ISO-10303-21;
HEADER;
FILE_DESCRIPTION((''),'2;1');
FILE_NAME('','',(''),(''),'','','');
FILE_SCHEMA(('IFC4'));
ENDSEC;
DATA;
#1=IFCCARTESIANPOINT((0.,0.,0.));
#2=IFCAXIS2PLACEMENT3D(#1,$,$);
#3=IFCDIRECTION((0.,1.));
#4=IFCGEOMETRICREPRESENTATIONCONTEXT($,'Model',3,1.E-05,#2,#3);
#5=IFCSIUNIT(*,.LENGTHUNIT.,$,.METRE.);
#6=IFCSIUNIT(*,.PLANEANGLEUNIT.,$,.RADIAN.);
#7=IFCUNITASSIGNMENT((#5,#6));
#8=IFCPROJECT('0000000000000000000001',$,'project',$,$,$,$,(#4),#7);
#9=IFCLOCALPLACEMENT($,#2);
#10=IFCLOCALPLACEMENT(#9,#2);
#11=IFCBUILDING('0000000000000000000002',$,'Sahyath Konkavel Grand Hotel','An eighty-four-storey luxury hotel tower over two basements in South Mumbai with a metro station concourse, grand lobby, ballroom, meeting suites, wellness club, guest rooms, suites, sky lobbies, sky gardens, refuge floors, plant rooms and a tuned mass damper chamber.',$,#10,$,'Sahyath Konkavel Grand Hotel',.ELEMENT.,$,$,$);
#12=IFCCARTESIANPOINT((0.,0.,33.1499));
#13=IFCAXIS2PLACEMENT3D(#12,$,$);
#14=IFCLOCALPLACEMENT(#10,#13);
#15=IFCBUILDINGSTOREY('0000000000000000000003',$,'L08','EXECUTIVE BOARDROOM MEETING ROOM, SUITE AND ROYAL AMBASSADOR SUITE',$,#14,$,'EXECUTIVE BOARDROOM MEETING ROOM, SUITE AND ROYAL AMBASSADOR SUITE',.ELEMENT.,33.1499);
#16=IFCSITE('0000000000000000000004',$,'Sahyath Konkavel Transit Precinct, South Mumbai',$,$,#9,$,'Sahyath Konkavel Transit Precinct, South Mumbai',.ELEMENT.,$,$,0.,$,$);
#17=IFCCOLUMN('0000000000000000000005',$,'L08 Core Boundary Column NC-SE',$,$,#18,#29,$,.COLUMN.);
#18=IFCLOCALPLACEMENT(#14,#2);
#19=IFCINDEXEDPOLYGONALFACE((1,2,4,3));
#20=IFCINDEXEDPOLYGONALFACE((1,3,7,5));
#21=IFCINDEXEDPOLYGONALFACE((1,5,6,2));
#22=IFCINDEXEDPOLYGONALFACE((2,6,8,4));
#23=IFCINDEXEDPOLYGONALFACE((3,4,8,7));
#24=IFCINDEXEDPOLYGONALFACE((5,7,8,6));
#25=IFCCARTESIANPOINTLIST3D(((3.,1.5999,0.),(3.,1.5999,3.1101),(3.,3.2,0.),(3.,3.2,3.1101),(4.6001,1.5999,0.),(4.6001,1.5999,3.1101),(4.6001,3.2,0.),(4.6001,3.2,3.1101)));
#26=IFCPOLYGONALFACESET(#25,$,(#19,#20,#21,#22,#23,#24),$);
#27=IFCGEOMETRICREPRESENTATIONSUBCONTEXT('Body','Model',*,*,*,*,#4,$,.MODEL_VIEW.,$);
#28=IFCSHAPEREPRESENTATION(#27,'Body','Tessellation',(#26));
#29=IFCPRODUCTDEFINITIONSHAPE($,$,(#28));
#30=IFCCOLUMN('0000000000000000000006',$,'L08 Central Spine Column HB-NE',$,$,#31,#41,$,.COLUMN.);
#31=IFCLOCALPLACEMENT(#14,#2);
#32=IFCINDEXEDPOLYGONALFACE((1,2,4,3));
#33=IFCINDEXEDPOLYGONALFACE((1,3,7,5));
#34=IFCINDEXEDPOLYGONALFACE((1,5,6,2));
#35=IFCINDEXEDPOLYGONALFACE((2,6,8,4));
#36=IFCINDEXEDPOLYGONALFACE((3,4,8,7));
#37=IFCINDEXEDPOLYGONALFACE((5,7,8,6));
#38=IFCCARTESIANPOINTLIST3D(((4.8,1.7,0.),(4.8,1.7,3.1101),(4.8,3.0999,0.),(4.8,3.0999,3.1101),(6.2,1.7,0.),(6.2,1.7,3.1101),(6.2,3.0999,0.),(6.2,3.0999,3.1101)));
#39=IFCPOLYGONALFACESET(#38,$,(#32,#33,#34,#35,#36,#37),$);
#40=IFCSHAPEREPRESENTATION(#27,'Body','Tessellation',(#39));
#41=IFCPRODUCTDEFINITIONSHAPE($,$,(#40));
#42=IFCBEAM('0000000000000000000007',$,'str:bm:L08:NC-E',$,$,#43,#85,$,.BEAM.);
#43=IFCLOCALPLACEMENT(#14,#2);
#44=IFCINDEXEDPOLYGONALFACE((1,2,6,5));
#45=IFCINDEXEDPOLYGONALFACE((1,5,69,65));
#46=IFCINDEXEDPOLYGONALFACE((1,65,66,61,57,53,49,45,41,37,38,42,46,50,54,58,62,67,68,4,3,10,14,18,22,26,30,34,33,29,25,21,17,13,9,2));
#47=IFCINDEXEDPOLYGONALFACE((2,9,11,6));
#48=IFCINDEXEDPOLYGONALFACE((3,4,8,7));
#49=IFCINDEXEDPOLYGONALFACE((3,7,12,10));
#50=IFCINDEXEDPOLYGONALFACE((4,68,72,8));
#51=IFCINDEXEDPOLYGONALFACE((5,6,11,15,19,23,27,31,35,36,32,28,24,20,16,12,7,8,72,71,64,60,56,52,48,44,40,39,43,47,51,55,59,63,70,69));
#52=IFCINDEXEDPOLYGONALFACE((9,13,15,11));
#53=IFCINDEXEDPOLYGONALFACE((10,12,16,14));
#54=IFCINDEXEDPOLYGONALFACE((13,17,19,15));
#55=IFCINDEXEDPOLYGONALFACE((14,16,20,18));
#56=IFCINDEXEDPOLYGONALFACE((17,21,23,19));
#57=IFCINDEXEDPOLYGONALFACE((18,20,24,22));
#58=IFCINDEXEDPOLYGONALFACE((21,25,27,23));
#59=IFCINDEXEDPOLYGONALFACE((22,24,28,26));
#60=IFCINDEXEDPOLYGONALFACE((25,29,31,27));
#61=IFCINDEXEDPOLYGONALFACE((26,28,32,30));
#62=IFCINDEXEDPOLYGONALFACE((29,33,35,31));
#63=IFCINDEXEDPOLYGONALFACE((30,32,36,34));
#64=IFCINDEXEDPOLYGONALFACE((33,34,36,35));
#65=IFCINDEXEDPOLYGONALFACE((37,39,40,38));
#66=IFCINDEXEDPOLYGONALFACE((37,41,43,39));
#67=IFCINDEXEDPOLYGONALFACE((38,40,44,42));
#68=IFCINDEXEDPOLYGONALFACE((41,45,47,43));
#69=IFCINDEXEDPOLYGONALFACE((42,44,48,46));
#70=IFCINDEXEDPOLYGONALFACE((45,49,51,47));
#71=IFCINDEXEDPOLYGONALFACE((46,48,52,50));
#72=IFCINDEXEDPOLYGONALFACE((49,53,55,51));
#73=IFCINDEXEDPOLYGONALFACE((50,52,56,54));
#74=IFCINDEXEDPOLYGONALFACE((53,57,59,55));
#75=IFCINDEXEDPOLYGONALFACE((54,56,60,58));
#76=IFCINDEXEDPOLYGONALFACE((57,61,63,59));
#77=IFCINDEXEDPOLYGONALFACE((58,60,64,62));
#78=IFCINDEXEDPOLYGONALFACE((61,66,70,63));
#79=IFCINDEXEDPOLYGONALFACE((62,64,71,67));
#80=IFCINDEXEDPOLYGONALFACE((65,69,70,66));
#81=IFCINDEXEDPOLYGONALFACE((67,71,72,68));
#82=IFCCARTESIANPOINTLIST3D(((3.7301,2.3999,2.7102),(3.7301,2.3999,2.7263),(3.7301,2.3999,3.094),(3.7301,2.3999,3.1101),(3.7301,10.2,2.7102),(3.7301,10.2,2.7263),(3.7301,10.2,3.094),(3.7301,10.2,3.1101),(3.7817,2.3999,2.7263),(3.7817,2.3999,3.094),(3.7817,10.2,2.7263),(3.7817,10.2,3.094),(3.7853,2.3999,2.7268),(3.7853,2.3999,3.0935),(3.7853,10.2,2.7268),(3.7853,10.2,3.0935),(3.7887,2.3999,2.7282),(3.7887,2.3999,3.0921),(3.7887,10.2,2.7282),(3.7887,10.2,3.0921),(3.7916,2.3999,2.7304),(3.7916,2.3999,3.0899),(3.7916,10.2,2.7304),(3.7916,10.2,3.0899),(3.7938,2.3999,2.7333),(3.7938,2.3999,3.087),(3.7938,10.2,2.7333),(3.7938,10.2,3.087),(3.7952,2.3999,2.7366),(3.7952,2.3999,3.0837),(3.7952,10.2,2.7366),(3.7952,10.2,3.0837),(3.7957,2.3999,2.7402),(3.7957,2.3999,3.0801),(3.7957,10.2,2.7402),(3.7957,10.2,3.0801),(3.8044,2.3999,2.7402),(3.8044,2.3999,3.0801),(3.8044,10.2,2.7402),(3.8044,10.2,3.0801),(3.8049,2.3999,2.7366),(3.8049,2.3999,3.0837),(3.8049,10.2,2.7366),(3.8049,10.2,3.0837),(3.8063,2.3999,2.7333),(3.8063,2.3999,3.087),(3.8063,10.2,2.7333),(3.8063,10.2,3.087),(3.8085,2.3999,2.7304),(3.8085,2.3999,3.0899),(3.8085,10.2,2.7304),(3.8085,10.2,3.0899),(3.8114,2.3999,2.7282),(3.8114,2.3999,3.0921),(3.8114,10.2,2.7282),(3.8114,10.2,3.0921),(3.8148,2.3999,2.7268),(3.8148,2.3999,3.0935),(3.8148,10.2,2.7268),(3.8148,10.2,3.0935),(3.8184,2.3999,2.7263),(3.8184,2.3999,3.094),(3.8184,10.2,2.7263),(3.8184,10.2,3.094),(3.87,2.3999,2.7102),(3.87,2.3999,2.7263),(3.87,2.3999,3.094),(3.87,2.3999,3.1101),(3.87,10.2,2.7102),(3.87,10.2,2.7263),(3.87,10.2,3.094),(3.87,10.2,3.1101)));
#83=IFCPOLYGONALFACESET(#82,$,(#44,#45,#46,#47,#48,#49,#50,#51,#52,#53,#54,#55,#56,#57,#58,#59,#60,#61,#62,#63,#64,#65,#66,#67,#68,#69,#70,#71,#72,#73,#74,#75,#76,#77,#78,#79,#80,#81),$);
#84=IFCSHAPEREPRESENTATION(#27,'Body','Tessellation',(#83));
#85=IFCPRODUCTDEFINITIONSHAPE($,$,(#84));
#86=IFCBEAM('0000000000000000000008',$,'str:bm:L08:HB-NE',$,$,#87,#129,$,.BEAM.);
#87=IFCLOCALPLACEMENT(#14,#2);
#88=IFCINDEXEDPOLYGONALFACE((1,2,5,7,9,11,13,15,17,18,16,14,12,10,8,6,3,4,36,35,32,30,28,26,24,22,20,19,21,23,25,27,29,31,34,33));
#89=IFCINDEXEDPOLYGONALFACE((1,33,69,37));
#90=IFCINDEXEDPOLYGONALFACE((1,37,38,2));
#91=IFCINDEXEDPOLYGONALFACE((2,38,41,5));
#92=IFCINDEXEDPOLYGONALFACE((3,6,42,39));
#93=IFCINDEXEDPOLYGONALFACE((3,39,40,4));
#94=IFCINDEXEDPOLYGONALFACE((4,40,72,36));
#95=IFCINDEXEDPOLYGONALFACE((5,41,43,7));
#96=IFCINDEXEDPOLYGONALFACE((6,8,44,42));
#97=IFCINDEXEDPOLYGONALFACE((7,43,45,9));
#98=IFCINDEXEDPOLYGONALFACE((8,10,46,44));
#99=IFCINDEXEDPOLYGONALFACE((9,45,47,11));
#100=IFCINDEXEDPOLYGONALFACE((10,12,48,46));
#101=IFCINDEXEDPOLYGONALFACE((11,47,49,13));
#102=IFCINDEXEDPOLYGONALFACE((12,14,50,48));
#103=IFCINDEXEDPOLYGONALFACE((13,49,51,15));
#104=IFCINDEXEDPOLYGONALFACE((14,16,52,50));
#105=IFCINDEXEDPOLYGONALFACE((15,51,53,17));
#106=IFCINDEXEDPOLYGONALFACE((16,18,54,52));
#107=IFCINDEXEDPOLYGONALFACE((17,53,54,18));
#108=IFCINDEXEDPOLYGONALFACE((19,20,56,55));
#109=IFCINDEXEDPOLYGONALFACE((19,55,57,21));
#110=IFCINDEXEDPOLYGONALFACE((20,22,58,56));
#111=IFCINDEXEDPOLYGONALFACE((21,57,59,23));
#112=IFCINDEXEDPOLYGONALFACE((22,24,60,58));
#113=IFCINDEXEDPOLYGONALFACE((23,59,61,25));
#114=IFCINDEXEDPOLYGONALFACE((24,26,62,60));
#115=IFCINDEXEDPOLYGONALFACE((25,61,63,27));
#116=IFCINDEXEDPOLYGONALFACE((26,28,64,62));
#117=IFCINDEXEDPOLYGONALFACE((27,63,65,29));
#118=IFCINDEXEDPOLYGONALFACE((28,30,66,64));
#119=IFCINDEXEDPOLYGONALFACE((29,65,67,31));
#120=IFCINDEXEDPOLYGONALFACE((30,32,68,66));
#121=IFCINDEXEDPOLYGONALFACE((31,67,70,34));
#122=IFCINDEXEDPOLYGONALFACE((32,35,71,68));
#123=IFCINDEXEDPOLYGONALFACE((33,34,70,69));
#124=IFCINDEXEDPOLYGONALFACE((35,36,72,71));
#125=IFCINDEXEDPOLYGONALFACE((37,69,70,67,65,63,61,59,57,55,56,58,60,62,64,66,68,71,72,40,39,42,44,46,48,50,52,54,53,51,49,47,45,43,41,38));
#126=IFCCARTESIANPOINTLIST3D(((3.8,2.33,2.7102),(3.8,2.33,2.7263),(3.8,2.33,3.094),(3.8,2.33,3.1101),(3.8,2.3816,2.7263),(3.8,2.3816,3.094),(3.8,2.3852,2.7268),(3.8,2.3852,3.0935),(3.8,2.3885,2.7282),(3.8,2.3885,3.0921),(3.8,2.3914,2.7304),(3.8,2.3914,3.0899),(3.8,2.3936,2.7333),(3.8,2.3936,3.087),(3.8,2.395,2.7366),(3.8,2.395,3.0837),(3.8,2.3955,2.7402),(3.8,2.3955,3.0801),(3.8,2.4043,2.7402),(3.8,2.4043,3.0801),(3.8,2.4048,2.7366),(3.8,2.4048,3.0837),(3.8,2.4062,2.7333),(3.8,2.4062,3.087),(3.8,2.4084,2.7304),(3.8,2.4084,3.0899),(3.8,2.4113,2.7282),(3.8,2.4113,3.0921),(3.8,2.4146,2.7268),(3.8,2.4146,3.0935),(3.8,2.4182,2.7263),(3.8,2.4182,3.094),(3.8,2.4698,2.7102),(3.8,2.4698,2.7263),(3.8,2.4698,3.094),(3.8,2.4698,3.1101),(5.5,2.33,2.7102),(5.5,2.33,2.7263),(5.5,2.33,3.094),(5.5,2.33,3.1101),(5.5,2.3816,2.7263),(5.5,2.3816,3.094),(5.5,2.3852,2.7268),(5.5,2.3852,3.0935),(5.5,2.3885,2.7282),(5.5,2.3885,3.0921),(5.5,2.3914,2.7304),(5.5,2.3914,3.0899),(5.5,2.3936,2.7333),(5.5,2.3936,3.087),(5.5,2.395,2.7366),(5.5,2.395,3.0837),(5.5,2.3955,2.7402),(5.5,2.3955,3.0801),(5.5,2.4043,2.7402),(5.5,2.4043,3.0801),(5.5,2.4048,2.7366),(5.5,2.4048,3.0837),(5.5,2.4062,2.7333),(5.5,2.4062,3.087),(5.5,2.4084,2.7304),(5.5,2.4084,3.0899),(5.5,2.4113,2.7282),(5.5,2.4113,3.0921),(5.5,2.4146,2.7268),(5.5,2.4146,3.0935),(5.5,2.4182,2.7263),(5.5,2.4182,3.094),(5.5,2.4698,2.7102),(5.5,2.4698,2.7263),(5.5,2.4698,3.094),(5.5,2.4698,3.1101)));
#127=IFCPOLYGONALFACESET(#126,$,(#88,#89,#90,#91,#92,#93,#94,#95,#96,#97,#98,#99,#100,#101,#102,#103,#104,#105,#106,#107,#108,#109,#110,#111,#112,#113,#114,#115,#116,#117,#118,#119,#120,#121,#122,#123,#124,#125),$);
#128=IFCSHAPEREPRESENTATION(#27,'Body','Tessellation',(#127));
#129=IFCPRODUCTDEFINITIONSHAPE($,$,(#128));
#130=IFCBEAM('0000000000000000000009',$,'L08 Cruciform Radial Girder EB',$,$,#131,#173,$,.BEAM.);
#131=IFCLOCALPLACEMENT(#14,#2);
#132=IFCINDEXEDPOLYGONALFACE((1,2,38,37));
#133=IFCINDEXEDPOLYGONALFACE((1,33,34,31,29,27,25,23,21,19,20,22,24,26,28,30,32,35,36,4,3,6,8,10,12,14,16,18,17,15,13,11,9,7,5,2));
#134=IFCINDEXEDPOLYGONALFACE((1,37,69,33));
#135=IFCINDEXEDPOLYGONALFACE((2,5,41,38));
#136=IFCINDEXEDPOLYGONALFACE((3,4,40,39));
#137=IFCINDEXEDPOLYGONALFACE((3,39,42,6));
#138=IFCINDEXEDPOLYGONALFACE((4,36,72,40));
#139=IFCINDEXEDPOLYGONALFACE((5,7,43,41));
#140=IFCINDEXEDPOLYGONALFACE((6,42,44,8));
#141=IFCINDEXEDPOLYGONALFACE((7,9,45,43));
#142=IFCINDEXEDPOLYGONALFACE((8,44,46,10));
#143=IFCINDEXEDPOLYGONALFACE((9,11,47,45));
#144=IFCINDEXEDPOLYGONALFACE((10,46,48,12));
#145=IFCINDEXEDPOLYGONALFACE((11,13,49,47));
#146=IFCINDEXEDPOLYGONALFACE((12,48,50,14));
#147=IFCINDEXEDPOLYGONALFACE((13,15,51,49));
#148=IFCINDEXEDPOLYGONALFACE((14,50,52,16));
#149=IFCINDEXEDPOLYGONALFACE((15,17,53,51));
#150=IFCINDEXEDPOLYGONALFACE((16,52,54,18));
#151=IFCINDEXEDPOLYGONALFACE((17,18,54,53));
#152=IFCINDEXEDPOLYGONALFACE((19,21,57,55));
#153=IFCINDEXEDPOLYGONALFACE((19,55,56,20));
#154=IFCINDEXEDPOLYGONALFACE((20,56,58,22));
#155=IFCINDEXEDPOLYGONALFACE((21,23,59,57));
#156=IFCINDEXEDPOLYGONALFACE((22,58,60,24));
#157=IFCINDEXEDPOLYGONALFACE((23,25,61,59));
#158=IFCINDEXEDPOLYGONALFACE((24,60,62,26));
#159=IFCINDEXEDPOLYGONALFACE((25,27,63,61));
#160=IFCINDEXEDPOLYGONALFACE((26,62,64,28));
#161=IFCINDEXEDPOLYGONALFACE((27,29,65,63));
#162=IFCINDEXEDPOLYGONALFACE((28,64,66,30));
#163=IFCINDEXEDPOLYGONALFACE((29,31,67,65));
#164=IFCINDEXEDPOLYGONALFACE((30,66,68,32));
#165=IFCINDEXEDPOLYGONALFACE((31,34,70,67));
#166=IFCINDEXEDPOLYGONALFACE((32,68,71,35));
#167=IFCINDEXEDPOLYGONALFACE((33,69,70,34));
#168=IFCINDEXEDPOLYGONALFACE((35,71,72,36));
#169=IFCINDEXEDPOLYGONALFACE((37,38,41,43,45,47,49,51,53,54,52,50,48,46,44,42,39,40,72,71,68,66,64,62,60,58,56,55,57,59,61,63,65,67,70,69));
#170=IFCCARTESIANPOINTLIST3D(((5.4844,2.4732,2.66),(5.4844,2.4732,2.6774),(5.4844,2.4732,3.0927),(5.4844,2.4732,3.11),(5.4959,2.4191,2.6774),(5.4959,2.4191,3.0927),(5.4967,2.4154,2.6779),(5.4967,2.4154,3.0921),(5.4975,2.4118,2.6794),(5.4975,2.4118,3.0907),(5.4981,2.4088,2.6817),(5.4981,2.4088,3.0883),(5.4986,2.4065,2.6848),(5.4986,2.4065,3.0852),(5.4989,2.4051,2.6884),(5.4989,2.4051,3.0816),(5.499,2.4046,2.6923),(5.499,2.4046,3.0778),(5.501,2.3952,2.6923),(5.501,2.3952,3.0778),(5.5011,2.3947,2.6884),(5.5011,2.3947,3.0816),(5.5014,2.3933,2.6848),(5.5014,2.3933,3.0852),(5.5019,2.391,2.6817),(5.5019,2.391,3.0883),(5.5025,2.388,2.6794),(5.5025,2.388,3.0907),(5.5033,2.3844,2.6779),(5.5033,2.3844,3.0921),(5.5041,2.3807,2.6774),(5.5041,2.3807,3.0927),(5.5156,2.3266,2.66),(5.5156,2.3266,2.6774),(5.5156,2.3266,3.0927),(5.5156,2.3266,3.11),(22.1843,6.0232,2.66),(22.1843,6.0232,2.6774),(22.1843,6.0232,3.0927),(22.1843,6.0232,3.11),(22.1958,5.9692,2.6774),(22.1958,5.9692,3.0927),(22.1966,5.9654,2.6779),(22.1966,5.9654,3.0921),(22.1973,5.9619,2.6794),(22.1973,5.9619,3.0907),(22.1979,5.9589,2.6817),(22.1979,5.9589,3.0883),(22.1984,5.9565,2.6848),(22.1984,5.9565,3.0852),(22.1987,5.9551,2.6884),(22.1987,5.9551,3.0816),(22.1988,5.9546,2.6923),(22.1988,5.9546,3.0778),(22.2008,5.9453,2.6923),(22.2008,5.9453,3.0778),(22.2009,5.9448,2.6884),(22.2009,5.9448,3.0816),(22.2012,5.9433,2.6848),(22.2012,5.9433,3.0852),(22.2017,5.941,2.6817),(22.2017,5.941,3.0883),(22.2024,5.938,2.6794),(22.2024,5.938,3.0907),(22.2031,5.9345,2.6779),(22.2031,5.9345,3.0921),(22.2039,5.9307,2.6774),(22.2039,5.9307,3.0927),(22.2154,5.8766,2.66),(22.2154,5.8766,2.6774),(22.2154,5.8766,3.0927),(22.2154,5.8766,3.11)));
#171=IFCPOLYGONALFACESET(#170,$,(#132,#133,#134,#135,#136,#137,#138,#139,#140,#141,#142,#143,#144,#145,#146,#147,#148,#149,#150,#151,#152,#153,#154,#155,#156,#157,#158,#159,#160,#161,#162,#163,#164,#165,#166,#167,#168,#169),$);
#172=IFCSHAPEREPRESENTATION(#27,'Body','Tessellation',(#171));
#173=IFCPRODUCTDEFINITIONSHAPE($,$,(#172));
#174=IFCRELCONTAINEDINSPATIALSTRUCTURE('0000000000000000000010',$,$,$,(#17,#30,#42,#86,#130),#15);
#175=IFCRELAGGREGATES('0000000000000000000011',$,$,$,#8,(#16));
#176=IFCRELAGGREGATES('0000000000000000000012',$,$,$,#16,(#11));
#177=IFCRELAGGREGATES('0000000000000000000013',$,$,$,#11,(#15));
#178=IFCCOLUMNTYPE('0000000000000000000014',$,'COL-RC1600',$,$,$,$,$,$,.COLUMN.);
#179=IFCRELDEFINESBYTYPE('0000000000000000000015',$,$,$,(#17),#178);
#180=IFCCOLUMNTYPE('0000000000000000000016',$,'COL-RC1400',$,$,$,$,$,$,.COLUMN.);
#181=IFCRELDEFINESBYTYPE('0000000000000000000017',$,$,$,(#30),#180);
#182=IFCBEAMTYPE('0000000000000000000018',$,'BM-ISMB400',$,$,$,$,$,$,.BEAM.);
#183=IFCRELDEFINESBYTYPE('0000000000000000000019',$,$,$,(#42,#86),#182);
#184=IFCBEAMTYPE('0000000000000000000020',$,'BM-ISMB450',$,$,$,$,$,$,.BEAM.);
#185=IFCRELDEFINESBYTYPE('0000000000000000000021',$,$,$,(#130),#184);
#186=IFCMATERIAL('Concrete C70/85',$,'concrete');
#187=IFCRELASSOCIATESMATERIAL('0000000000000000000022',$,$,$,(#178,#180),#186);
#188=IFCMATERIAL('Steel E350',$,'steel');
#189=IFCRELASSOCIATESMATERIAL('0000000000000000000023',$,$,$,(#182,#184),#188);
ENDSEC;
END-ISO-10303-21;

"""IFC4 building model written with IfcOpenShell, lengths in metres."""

from ifc_helpers import new_model, si_unit, direction, frame, origin, origin_2d, place, context, subcontext, project, spatial, rectangle, i_section, extrude, source, transform, mapped, material, material_profile, profile_set, type_object, element, save


model = new_model("IFC4")

# Units and contexts
model_context = context("Model", 3, precision=1e-05, world=origin(), true_north=direction((0.0, 1.0)))
body_context = subcontext(model_context, "Body", "Model", "MODEL_VIEW")
ifc_project = project(units=[si_unit("LENGTHUNIT", "METRE"), si_unit("PLANEANGLEUNIT", "RADIAN")], contexts=[model_context])

# Site, building, storey
site_placement = place(None, origin())
site = spatial("IfcSite", under=ifc_project, at=site_placement, Name="Sahyath Konkavel Transit Precinct, South Mumbai", LongName="Sahyath Konkavel Transit Precinct, South Mumbai", CompositionType="ELEMENT", RefElevation=0.0)
building_placement = place(site_placement, origin())
building = spatial("IfcBuilding", under=site, at=building_placement, Name="Sahyath Konkavel Grand Hotel", Description="An eighty-four-storey luxury hotel tower over two basements in South Mumbai with a metro station concourse, grand lobby, ballroom, meeting suites, wellness club, guest rooms, suites, sky lobbies, sky gardens, refuge floors, plant rooms and a tuned mass damper chamber.", LongName="Sahyath Konkavel Grand Hotel", CompositionType="ELEMENT")
storey_placement = place(building_placement, frame((0.0, 0.0, 33.1499)))
storey = spatial("IfcBuildingStorey", under=building, at=storey_placement, Name="L08", Description="EXECUTIVE BOARDROOM MEETING ROOM, SUITE AND ROYAL AMBASSADOR SUITE", LongName="EXECUTIVE BOARDROOM MEETING ROOM, SUITE AND ROYAL AMBASSADOR SUITE", CompositionType="ELEMENT", Elevation=33.1499)

# Columns
ifc_material_1 = material(Name="Concrete C70/85", Category="concrete")
ifc_material_profile_1 = material_profile(ifc_material_1, rectangle(XDim=1.6001, YDim=1.6001, at=origin_2d()), Name="RC 1600x1600")
ifc_profile_set_1 = profile_set([ifc_material_profile_1], Name="Concrete C70/85")
column_type_1 = type_object("IfcColumnType", Name="COL-RC1600", PredefinedType="COLUMN", material=ifc_profile_set_1)
shared_shape_1 = source(origin(), body_context, "Body", "SweptSolid", [
    extrude(rectangle(XDim=1.6001, YDim=1.6001, at=origin_2d()), origin(), (0.0, 0.0, 1.0), 3.1101),
])
column_1_placement = place(storey_placement, frame((3.8, 2.3999, 0.0), z_axis=(0.0, 0.0, 1.0), x_axis=(1.0, 0.0, 0.0)))
element("IfcColumn", 1, at=column_1_placement, inside=storey, type_object=column_type_1, Name="L08 Core Boundary Column NC-SE", PredefinedType="COLUMN", context=body_context, shape_type="MappedRepresentation", body=[
    mapped(shared_shape_1, transform((0.0, 0.0, 0.0), scale=1.0)),
])
ifc_material_profile_2 = material_profile(ifc_material_1, rectangle(XDim=1.3999, YDim=1.3999, at=origin_2d()), Name="RC 1400x1400")
ifc_profile_set_2 = profile_set([ifc_material_profile_2], Name="Concrete C70/85")
column_type_2 = type_object("IfcColumnType", Name="COL-RC1400", PredefinedType="COLUMN", material=ifc_profile_set_2)
shared_shape_2 = source(origin(), body_context, "Body", "SweptSolid", [
    extrude(rectangle(XDim=1.3999, YDim=1.3999, at=origin_2d()), origin(), (0.0, 0.0, 1.0), 3.1101),
])
column_2_placement = place(storey_placement, frame((5.5, 2.3999, 0.0), z_axis=(0.0, 0.0, 1.0), x_axis=(1.0, 0.0, 0.0)))
element("IfcColumn", 2, at=column_2_placement, inside=storey, type_object=column_type_2, Name="L08 Central Spine Column HB-NE", PredefinedType="COLUMN", context=body_context, shape_type="MappedRepresentation", body=[
    mapped(shared_shape_2, transform((0.0, 0.0, 0.0), scale=1.0)),
])

# Beams
ifc_material_2 = material(Name="Steel E350", Category="steel")
ifc_material_profile_3 = material_profile(ifc_material_2, i_section(OverallWidth=0.1399, OverallDepth=0.3999, WebThickness=0.0088, FlangeThickness=0.0161, FilletRadius=0.0139, at=origin_2d()), Name="ISMB 400")
ifc_profile_set_3 = profile_set([ifc_material_profile_3], Name="Steel E350")
beam_type_1 = type_object("IfcBeamType", Name="BM-ISMB400", PredefinedType="BEAM", material=ifc_profile_set_3)
shared_shape_3 = source(origin(), body_context, "Body", "SweptSolid", [
    extrude(i_section(OverallWidth=0.1399, OverallDepth=0.3999, WebThickness=0.0088, FlangeThickness=0.0161, FilletRadius=0.0139, at=origin_2d()), origin(), (0.0, 0.0, 1.0), 7.8),
])
beam_1_placement = place(storey_placement, frame((3.8, 2.3999, 2.9102), z_axis=(0.0, 1.0, 0.0), x_axis=(-1.0, 0.0, 0.0)))
element("IfcBeam", 3, at=beam_1_placement, inside=storey, type_object=beam_type_1, Name="str:bm:L08:NC-E", PredefinedType="BEAM", context=body_context, shape_type="MappedRepresentation", body=[
    mapped(shared_shape_3, transform((0.0, 0.0, 0.0), scale=1.0)),
])
shared_shape_4 = source(origin(), body_context, "Body", "SweptSolid", [
    extrude(i_section(OverallWidth=0.1399, OverallDepth=0.3999, WebThickness=0.0088, FlangeThickness=0.0161, FilletRadius=0.0139, at=origin_2d()), origin(), (0.0, 0.0, 1.0), 1.7),
])
beam_2_placement = place(storey_placement, frame((3.8, 2.3999, 2.9102), z_axis=(1.0, 0.0, 0.0), x_axis=(0.0, 1.0, 0.0)))
element("IfcBeam", 4, at=beam_2_placement, inside=storey, type_object=beam_type_1, Name="str:bm:L08:HB-NE", PredefinedType="BEAM", context=body_context, shape_type="MappedRepresentation", body=[
    mapped(shared_shape_4, transform((0.0, 0.0, 0.0), scale=1.0)),
])
ifc_material_profile_4 = material_profile(ifc_material_2, i_section(OverallWidth=0.1499, OverallDepth=0.45, WebThickness=0.0095, FlangeThickness=0.0173, FilletRadius=0.0149, at=origin_2d()), Name="ISMB 450")
ifc_profile_set_4 = profile_set([ifc_material_profile_4], Name="Steel E350")
beam_type_2 = type_object("IfcBeamType", Name="BM-ISMB450", PredefinedType="BEAM", material=ifc_profile_set_4)
shared_shape_5 = source(origin(), body_context, "Body", "SweptSolid", [
    extrude(i_section(OverallWidth=0.1499, OverallDepth=0.45, WebThickness=0.0095, FlangeThickness=0.0173, FilletRadius=0.0149, at=origin_2d()), origin(), (0.0, 0.0, 1.0), 17.073),
])
beam_3_placement = place(storey_placement, frame((5.5, 2.3999, 2.885), z_axis=(0.978143, 0.207932, 0.0), x_axis=(-0.207932, 0.978143, 0.0)))
element("IfcBeam", 5, at=beam_3_placement, inside=storey, type_object=beam_type_2, Name="L08 Cruciform Radial Girder EB", PredefinedType="BEAM", context=body_context, shape_type="MappedRepresentation", body=[
    mapped(shared_shape_5, transform((0.0, 0.0, 0.0), scale=1.0)),
])

save(model, "model.ifc")
